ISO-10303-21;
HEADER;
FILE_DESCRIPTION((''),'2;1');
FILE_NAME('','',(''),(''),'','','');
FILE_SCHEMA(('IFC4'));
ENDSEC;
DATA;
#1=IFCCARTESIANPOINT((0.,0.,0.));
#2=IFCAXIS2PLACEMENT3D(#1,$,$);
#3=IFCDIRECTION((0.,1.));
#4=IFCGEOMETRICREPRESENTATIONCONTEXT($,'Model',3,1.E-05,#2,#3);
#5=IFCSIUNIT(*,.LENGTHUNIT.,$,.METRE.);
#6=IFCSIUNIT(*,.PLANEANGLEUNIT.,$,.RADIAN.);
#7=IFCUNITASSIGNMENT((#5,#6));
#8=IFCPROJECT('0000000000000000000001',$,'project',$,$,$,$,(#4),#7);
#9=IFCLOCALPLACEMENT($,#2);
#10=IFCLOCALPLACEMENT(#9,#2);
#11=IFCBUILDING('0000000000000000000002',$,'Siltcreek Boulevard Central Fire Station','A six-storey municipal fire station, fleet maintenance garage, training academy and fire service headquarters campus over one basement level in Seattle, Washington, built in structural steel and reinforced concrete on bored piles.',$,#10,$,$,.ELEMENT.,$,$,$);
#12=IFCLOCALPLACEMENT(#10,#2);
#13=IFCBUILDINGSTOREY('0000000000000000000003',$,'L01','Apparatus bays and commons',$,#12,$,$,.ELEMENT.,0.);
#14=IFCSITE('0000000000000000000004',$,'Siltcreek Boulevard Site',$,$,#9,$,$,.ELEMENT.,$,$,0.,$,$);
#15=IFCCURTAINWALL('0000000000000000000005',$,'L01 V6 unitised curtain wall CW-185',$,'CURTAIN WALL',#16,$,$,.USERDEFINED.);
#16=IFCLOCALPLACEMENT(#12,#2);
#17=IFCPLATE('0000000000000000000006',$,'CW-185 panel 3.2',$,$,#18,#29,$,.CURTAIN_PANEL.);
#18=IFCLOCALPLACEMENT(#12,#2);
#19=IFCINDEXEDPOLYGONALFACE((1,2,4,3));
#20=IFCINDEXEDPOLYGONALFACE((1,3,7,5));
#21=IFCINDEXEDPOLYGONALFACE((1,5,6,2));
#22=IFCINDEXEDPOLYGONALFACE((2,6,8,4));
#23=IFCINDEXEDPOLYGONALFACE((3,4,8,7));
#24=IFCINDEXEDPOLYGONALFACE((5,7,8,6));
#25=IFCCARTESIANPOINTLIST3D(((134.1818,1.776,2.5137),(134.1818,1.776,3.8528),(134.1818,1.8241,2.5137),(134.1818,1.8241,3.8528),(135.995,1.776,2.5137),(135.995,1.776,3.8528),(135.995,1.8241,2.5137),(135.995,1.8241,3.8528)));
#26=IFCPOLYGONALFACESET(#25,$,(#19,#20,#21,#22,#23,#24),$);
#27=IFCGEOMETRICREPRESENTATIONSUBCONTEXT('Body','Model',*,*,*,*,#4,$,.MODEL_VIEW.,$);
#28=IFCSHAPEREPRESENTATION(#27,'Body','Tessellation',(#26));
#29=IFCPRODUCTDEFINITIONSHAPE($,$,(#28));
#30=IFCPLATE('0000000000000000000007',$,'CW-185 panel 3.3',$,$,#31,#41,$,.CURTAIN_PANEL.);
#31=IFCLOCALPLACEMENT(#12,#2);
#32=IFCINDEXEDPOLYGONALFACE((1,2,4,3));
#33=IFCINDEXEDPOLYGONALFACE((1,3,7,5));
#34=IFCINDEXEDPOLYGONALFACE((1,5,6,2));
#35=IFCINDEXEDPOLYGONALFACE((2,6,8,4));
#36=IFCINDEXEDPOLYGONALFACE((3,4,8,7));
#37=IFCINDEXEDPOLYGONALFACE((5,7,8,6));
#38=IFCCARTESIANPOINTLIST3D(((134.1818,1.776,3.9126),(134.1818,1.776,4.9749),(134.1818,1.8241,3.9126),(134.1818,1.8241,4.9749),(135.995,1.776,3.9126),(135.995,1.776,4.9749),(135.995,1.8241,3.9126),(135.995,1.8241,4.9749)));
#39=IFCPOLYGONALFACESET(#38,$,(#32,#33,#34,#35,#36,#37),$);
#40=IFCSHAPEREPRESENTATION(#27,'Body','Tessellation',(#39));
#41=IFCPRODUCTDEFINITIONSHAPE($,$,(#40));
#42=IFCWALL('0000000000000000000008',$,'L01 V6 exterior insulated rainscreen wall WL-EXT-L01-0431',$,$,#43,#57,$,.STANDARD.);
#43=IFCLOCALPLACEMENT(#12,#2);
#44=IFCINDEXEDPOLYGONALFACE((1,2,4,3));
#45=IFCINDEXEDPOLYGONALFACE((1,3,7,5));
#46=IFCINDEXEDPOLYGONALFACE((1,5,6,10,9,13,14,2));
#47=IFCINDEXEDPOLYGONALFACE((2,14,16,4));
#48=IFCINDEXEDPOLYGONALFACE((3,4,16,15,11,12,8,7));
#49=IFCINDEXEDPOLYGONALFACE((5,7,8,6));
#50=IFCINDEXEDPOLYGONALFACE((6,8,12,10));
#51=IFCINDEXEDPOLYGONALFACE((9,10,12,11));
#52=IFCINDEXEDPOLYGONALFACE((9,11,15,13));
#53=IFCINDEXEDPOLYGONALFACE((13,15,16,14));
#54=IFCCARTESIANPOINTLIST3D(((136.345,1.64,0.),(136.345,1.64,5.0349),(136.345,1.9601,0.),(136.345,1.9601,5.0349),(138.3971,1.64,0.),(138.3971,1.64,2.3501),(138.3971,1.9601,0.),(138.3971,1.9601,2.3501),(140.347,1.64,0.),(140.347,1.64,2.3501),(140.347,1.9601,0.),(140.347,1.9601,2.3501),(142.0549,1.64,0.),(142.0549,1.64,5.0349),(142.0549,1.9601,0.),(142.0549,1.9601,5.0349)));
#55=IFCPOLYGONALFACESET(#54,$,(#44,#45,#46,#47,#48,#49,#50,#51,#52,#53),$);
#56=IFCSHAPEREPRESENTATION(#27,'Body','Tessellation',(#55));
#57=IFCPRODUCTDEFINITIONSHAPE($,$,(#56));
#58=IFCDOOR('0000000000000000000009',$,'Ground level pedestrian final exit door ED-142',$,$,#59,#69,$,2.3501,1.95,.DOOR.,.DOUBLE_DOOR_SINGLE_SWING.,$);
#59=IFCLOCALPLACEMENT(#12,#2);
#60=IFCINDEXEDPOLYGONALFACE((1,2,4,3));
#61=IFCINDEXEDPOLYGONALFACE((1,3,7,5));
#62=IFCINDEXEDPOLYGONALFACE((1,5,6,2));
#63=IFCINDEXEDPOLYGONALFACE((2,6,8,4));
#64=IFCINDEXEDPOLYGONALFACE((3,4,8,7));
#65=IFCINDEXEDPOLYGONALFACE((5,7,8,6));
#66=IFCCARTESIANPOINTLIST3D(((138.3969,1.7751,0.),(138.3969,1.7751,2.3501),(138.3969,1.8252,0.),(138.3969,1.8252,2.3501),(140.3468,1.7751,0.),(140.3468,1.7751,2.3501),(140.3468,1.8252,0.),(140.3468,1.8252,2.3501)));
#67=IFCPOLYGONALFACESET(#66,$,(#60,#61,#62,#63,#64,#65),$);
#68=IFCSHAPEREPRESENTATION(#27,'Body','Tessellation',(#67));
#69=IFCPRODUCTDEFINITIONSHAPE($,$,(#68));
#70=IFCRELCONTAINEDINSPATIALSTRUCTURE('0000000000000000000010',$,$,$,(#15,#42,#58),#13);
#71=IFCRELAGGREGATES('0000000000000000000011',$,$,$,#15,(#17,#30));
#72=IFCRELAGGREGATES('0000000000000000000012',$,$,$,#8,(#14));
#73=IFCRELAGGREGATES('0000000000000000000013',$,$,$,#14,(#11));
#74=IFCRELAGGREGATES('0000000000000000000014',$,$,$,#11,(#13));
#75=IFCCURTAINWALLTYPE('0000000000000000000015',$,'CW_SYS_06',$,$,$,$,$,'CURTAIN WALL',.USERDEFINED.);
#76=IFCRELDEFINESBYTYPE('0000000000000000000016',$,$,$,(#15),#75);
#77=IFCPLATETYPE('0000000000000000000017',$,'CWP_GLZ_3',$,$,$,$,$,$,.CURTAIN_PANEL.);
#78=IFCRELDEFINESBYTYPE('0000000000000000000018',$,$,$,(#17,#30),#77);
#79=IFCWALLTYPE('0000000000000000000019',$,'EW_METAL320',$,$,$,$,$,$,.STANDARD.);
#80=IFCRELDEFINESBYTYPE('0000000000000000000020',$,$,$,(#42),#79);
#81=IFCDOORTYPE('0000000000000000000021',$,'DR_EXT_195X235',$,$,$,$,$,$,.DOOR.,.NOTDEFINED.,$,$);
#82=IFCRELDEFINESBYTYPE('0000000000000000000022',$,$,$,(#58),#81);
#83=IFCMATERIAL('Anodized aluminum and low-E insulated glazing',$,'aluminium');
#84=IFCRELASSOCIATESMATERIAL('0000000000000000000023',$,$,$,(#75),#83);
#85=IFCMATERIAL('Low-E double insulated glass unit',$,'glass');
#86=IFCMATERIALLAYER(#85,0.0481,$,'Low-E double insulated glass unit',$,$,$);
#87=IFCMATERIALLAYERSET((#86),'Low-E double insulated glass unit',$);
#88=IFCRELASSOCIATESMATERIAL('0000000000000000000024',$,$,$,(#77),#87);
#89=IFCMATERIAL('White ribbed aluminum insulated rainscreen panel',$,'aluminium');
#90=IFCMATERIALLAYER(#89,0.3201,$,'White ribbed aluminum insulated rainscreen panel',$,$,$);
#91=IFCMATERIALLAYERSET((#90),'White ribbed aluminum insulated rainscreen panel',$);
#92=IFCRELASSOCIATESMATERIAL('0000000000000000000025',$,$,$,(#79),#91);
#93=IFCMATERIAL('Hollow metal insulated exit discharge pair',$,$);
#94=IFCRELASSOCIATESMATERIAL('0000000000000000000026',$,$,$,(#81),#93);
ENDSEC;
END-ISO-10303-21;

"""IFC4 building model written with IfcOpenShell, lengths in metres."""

from ifc_helpers import new_model, si_unit, direction, frame, frame_2d, origin, origin_2d, place, context, subcontext, project, spatial, rectangle, extrude, material, layer, layer_set, type_object, element, fill, aggregate, save


model = new_model("IFC4")

# Units and contexts
model_context = context("Model", 3, precision=1e-05, world=origin(), true_north=direction((0.0, 1.0)))
body_context = subcontext(model_context, "Body", "Model", "MODEL_VIEW")
ifc_project = project(units=[si_unit("LENGTHUNIT", "METRE"), si_unit("PLANEANGLEUNIT", "RADIAN")], contexts=[model_context])

# Site, building, storey
site_placement = place(None, origin())
site = spatial("IfcSite", under=ifc_project, at=site_placement, Name="Siltcreek Boulevard Site", CompositionType="ELEMENT", RefElevation=0.0)
building_placement = place(site_placement, origin())
building = spatial("IfcBuilding", under=site, at=building_placement, Name="Siltcreek Boulevard Central Fire Station", Description="A six-storey municipal fire station, fleet maintenance garage, training academy and fire service headquarters campus over one basement level in Seattle, Washington, built in structural steel and reinforced concrete on bored piles.", CompositionType="ELEMENT")
storey_placement = place(building_placement, origin())
storey = spatial("IfcBuildingStorey", under=building, at=storey_placement, Name="L01", Description="Apparatus bays and commons", CompositionType="ELEMENT", Elevation=0.0)

# Curtain wall
ifc_material_1 = material(Name="Anodized aluminum and low-E insulated glazing", Category="aluminium")
curtain_wall_type = type_object("IfcCurtainWallType", Name="CW_SYS_06", ElementType="CURTAIN WALL", PredefinedType="USERDEFINED", material=ifc_material_1)
curtain_wall_placement = place(storey_placement, origin())
curtain_wall = element("IfcCurtainWall", 1, at=curtain_wall_placement, inside=storey, type_object=curtain_wall_type, Name="L01 V6 unitised curtain wall CW-185", ObjectType="CURTAIN WALL", PredefinedType="USERDEFINED")

# Plates
ifc_material_2 = material(Name="Low-E double insulated glass unit", Category="glass")
ifc_layer_1 = layer(ifc_material_2, 0.0481, Name="Low-E double insulated glass unit")
ifc_layer_set_1 = layer_set([ifc_layer_1], Name="Low-E double insulated glass unit")
plate_type = type_object("IfcPlateType", Name="CWP_GLZ_3", PredefinedType="CURTAIN_PANEL", material=ifc_layer_set_1)
plate_1_placement = place(storey_placement, frame((135.0884, 1.8, 2.5137), z_axis=(0.0, 0.0, 1.0), x_axis=(1.0, 0.0, 0.0)))
plate_1 = element("IfcPlate", 2, at=plate_1_placement, type_object=plate_type, Name="CW-185 panel 3.2", PredefinedType="CURTAIN_PANEL", context=body_context, shape_type="SweptSolid", body=[
    extrude(rectangle(XDim=1.8132, YDim=0.0481, at=origin_2d()), origin(), (0.0, 0.0, 1.0), 1.3391),
])
plate_2_placement = place(storey_placement, frame((135.0884, 1.8, 3.9126), z_axis=(0.0, 0.0, 1.0), x_axis=(1.0, 0.0, 0.0)))
plate_2 = element("IfcPlate", 3, at=plate_2_placement, type_object=plate_type, Name="CW-185 panel 3.3", PredefinedType="CURTAIN_PANEL", context=body_context, shape_type="SweptSolid", body=[
    extrude(rectangle(XDim=1.8132, YDim=0.0481, at=origin_2d()), origin(), (0.0, 0.0, 1.0), 1.0623),
])
aggregate(curtain_wall, [plate_1, plate_2])

# Wall, opening, door
ifc_material_3 = material(Name="White ribbed aluminum insulated rainscreen panel", Category="aluminium")
ifc_layer_2 = layer(ifc_material_3, 0.3201, Name="White ribbed aluminum insulated rainscreen panel")
ifc_layer_set_2 = layer_set([ifc_layer_2], Name="White ribbed aluminum insulated rainscreen panel")
wall_type = type_object("IfcWallType", Name="EW_METAL320", PredefinedType="STANDARD", material=ifc_layer_set_2)
wall_placement = place(storey_placement, frame((136.345, 1.8, 0.0), z_axis=(0.0, 0.0, 1.0), x_axis=(1.0, 0.0, 0.0)))
wall = element("IfcWall", 4, at=wall_placement, inside=storey, type_object=wall_type, Name="L01 V6 exterior insulated rainscreen wall WL-EXT-L01-0431", PredefinedType="STANDARD", context=body_context, shape_type="SweptSolid", body=[
    extrude(rectangle(XDim=5.71, YDim=0.3201, at=frame_2d((2.855, 0.0))), origin(), (0.0, 0.0, 1.0), 5.0349),
])
opening_placement = place(wall_placement, frame((2.052, 0.0, 0.0)))
opening = element("IfcOpeningElement", 5, at=opening_placement, cuts=wall, PredefinedType="OPENING", context=body_context, shape_type="SweptSolid", body=[
    extrude(rectangle(XDim=1.95, YDim=2.3501, at=frame_2d((0.9751, 1.175))), frame((0.0, 0.1699, 0.0), z_axis=(0.0, -1.0, 0.0), x_axis=(1.0, 0.0, 0.0)), (0.0, 0.0, 1.0), 0.3401),
])
ifc_material_4 = material(Name="Hollow metal insulated exit discharge pair")
door_type = type_object("IfcDoorType", Name="DR_EXT_195X235", OperationType="NOTDEFINED", PredefinedType="DOOR", material=ifc_material_4)
door_placement = place(opening_placement, frame((1.95, 0.0, 0.0), z_axis=(0.0, 0.0, 1.0), x_axis=(-1.0, 0.0, 0.0)))
door = element("IfcDoor", 6, at=door_placement, inside=storey, type_object=door_type, Name="Ground level pedestrian final exit door ED-142", OperationType="DOUBLE_DOOR_SINGLE_SWING", OverallHeight=2.3501, OverallWidth=1.95, PredefinedType="DOOR", context=body_context, shape_type="SweptSolid", body=[
    extrude(rectangle(XDim=1.95, YDim=2.3501, at=frame_2d((0.9751, 1.175))), frame((0.0, 0.0249, 0.0), z_axis=(0.0, -1.0, 0.0), x_axis=(1.0, 0.0, 0.0)), (0.0, 0.0, 1.0), 0.05),
])
fill(opening, door)

save(model, "model.ifc")
